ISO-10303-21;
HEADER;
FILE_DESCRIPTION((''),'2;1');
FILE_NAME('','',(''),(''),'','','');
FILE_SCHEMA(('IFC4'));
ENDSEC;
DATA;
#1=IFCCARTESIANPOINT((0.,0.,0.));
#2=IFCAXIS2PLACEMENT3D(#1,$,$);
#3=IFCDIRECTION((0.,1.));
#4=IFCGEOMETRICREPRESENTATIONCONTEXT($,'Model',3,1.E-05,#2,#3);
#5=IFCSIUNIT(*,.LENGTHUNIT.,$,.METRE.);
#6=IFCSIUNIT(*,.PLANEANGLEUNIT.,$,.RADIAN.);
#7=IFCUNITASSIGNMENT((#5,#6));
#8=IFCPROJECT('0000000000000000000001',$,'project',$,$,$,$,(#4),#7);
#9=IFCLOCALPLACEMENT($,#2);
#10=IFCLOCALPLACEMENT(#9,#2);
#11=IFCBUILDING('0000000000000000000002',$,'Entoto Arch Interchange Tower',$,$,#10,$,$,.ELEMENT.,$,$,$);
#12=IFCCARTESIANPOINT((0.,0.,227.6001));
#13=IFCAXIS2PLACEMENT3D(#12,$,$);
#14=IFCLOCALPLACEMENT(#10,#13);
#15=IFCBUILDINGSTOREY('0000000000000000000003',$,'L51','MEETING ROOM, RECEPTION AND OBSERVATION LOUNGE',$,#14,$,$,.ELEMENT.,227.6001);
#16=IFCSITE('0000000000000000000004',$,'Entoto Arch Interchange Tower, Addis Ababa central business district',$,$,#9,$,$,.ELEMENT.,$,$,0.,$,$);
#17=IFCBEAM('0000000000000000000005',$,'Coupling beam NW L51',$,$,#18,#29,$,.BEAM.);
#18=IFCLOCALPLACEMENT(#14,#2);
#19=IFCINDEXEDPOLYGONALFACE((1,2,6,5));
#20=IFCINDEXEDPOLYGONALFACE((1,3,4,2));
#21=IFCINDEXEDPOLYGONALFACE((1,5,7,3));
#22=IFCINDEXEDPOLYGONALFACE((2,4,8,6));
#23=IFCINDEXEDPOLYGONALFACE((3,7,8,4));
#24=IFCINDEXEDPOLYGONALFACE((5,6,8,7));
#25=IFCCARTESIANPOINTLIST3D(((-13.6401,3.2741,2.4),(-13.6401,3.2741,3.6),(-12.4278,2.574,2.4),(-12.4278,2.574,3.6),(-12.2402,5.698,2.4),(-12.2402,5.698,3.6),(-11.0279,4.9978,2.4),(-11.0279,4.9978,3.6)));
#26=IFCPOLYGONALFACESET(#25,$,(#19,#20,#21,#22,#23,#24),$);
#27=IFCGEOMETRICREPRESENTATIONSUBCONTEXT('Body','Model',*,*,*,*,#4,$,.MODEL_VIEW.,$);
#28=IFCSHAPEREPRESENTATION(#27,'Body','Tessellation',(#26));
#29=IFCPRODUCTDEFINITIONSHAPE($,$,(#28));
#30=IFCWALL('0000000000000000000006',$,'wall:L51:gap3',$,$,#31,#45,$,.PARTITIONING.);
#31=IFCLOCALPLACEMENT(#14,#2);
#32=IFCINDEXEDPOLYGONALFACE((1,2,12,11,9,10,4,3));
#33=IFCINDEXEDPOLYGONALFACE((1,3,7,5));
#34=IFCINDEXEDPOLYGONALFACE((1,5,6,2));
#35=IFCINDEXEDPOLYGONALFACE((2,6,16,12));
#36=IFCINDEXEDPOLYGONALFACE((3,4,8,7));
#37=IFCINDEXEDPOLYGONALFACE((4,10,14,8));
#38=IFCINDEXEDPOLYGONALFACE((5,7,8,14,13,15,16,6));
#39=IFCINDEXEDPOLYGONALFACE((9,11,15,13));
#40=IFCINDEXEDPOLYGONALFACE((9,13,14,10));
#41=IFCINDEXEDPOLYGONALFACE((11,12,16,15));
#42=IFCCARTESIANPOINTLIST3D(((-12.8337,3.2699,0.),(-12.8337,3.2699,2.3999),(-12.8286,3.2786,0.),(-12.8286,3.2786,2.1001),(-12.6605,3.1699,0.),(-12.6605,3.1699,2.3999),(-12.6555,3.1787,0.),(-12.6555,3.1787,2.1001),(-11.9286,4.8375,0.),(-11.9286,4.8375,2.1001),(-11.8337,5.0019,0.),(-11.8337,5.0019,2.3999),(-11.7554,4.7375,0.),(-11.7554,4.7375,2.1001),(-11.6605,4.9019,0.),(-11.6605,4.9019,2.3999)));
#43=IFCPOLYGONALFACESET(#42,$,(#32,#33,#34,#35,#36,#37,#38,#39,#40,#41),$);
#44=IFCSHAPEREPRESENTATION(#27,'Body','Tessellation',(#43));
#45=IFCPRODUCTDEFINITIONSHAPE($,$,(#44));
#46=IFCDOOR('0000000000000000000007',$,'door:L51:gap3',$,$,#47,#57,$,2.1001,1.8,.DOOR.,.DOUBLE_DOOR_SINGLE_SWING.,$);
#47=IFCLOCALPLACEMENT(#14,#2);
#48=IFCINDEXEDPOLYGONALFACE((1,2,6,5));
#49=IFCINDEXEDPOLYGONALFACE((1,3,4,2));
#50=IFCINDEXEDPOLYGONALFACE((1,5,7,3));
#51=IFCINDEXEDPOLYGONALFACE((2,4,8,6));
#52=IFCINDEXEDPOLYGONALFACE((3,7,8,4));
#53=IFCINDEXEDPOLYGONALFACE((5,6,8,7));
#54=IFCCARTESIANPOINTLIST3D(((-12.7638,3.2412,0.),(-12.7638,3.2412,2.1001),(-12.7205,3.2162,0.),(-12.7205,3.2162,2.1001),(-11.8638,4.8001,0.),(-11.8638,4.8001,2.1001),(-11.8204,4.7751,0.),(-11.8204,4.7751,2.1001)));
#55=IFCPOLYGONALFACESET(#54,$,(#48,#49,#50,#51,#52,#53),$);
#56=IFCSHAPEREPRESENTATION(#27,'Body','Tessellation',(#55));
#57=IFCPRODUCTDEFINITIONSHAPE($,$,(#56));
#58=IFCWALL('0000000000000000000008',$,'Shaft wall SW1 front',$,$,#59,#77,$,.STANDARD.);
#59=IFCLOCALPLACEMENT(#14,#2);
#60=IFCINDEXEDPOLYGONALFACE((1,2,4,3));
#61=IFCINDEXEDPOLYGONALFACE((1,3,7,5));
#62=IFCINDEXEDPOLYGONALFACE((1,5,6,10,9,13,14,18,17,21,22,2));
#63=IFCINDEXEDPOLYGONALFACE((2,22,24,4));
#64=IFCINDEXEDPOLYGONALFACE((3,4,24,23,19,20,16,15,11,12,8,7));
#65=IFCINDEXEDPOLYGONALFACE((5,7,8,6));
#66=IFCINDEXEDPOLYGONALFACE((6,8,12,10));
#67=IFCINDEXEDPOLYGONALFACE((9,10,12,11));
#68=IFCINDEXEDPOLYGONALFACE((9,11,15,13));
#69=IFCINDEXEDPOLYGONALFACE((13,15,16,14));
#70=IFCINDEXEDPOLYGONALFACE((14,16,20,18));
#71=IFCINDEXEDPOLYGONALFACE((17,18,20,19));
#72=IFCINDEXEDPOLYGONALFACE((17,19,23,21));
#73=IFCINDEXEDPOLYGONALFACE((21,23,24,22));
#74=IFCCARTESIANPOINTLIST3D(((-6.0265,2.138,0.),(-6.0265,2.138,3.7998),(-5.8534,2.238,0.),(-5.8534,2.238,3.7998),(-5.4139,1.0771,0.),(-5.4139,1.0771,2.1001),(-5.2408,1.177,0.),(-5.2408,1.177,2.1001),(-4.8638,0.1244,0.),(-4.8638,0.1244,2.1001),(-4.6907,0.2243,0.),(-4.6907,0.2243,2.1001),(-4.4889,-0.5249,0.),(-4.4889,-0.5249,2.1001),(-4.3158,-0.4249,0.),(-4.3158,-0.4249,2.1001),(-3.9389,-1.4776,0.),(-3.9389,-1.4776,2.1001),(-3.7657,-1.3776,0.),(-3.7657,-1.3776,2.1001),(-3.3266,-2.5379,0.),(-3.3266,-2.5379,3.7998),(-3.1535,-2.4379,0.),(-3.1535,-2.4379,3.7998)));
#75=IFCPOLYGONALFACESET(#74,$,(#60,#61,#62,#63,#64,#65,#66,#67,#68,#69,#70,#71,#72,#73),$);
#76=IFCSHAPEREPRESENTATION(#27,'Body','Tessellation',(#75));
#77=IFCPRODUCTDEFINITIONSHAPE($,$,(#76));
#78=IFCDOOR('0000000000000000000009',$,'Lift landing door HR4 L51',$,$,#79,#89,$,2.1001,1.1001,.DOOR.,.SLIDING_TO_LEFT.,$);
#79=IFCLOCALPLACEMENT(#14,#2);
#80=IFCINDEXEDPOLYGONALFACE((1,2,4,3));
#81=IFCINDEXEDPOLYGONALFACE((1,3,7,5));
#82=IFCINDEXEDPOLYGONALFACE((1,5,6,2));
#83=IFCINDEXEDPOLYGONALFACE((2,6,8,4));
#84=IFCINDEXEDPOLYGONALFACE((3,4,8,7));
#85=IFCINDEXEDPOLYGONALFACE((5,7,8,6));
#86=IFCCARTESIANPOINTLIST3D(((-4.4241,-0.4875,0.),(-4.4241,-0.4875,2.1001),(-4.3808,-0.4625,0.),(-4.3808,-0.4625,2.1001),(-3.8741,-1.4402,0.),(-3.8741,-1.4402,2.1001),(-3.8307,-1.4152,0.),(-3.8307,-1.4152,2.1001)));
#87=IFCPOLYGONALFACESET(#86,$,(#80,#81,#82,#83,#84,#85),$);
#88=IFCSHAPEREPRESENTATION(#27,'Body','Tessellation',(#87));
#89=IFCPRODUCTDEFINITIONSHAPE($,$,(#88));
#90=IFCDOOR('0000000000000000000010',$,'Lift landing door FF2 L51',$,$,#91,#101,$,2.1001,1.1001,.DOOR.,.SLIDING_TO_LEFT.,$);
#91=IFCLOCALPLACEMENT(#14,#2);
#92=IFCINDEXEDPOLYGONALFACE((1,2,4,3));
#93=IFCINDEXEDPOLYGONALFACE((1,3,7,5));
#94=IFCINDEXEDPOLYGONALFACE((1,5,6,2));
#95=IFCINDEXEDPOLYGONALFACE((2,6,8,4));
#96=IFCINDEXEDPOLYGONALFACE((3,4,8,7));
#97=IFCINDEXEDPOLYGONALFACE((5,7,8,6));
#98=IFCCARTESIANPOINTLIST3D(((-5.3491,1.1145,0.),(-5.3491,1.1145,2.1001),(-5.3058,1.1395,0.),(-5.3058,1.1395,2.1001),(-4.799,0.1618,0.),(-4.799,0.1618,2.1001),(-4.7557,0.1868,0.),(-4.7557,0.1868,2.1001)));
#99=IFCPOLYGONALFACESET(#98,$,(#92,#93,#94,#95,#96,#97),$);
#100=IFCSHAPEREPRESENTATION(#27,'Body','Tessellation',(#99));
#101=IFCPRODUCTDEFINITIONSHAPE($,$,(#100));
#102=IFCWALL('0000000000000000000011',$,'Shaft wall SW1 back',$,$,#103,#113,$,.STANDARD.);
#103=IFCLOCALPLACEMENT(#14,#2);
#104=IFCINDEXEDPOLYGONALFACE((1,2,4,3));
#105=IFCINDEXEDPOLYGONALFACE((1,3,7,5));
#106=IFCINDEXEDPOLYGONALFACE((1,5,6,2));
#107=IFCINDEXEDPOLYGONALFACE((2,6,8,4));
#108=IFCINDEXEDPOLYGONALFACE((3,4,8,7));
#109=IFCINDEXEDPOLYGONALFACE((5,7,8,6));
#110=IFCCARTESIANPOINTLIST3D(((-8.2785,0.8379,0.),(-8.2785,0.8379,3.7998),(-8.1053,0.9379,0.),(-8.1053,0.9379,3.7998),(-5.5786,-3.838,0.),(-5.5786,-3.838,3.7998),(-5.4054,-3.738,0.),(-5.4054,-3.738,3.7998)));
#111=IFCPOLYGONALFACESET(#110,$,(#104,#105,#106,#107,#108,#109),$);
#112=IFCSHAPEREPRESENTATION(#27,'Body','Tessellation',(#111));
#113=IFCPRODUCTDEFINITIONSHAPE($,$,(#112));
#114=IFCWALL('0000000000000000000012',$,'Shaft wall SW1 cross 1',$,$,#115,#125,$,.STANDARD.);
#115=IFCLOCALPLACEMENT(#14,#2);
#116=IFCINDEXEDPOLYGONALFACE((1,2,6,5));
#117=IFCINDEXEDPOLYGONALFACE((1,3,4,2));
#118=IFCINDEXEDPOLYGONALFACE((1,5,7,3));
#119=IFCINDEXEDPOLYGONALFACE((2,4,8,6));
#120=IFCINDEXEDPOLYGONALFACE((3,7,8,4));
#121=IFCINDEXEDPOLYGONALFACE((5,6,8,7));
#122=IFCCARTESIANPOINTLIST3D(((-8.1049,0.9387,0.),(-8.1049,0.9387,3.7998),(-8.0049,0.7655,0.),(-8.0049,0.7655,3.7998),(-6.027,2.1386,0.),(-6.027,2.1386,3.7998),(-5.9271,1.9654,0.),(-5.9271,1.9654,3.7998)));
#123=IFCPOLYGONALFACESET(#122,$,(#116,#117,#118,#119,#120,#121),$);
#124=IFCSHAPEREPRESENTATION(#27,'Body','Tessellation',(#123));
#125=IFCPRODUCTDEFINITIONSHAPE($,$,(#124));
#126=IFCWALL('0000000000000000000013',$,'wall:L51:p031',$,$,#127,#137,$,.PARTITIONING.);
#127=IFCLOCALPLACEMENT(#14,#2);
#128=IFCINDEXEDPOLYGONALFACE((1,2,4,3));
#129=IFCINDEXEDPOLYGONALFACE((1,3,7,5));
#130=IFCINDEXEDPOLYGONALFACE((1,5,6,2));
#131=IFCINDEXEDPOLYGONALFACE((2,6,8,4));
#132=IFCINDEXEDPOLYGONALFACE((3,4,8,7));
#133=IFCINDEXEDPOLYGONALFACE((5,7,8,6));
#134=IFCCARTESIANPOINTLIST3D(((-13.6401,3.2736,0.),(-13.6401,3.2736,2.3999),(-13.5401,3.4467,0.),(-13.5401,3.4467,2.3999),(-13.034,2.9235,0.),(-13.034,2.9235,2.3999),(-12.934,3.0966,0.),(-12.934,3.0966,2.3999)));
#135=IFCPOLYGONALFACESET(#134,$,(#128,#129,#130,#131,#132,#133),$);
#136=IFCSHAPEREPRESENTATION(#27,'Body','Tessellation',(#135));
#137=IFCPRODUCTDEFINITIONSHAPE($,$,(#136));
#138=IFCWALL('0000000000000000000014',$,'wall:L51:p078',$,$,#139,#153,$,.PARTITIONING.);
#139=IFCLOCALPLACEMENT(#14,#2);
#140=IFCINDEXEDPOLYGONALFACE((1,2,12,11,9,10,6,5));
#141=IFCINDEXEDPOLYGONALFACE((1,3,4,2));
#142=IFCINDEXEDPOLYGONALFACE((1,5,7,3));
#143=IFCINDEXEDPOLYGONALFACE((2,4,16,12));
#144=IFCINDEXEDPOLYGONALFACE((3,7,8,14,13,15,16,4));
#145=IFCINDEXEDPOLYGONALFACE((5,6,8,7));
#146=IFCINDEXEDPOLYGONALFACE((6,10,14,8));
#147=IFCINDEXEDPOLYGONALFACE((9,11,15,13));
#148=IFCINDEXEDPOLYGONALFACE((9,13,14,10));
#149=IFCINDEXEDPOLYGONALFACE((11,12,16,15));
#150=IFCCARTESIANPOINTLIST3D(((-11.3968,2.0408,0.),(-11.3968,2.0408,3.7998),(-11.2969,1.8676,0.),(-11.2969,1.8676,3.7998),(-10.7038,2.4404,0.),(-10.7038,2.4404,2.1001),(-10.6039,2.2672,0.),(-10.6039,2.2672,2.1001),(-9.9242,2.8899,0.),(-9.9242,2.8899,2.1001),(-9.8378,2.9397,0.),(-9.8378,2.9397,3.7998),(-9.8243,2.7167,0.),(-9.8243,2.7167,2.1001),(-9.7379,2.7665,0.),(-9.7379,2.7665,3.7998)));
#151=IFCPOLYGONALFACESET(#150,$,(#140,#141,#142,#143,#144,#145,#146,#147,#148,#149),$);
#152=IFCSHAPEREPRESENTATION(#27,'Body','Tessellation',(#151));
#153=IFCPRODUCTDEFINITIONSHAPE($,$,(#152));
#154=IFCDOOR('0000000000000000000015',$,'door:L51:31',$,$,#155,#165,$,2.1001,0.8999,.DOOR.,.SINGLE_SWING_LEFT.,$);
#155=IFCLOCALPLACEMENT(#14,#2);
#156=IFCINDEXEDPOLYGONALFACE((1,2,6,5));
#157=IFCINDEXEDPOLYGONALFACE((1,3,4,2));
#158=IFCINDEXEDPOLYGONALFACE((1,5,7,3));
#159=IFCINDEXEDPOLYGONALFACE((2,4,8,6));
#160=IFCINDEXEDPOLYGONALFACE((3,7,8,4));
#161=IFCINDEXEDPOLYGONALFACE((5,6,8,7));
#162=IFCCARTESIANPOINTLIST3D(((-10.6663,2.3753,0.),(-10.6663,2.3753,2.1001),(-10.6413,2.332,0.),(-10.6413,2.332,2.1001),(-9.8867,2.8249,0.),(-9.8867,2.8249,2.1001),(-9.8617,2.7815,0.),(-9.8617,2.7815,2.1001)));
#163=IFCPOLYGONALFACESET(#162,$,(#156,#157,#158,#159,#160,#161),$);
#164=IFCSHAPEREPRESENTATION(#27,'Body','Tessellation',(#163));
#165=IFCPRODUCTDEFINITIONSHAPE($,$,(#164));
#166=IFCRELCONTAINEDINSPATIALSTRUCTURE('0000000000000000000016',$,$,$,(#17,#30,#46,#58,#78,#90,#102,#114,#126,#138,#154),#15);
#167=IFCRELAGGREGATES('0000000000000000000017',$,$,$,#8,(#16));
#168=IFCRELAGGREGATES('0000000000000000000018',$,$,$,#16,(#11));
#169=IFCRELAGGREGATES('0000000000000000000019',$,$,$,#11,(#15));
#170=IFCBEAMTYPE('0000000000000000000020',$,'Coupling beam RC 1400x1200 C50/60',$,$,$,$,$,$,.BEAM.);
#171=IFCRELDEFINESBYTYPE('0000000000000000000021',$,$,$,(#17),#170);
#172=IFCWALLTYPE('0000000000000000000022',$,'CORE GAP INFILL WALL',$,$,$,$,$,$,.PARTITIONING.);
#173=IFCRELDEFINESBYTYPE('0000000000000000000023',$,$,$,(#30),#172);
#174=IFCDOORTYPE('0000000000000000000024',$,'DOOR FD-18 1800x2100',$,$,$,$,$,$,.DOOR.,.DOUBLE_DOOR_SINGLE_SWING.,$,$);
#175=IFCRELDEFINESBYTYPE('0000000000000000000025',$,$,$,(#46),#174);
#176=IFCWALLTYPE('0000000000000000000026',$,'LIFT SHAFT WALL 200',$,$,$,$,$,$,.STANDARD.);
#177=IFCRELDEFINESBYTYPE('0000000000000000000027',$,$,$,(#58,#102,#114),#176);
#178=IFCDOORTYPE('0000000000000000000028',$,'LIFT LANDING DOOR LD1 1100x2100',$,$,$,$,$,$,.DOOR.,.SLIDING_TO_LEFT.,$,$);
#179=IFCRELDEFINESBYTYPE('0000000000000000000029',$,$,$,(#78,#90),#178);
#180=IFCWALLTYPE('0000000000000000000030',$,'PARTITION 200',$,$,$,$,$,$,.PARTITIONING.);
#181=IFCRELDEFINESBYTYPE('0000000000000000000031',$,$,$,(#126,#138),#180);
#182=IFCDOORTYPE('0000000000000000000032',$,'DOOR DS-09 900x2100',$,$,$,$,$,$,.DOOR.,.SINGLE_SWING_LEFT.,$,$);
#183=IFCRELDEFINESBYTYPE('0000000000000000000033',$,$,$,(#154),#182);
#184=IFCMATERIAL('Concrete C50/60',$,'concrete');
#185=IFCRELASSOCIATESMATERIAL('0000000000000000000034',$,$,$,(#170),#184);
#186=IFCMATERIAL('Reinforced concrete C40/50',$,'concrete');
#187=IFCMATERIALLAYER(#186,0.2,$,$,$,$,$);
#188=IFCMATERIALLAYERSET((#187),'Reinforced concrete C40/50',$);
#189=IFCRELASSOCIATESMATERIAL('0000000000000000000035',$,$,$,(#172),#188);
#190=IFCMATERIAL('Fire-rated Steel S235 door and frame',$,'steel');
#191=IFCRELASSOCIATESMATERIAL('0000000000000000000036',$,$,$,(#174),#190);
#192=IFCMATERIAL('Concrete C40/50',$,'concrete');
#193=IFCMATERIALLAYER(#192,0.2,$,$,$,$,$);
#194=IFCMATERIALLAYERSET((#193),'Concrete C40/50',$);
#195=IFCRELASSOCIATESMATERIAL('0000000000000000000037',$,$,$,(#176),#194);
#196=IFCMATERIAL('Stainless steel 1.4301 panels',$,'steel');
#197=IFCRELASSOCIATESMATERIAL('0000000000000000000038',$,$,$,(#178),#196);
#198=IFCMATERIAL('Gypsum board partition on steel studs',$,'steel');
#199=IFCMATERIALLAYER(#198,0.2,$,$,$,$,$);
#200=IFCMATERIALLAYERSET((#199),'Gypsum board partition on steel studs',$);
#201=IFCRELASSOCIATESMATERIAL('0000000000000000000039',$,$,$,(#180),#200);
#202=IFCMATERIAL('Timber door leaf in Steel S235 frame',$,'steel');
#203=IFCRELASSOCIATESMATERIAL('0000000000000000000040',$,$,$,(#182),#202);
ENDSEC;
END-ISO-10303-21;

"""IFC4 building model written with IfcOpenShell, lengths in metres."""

from ifc_helpers import new_model, si_unit, direction, frame, frame_2d, origin, origin_2d, place, context, subcontext, project, spatial, rectangle, extrude, material, layer, layer_set, material_profile, profile_set, type_object, element, fill, save


model = new_model("IFC4")

# Units and contexts
model_context = context("Model", 3, precision=1e-05, world=origin(), true_north=direction((0.0, 1.0)))
body_context = subcontext(model_context, "Body", "Model", "MODEL_VIEW")
ifc_project = project(units=[si_unit("LENGTHUNIT", "METRE"), si_unit("PLANEANGLEUNIT", "RADIAN")], contexts=[model_context])

# Site, building, storey
site_placement = place(None, origin())
site = spatial("IfcSite", under=ifc_project, at=site_placement, Name="Entoto Arch Interchange Tower, Addis Ababa central business district", CompositionType="ELEMENT", RefElevation=0.0)
building_placement = place(site_placement, origin())
building = spatial("IfcBuilding", under=site, at=building_placement, Name="Entoto Arch Interchange Tower", CompositionType="ELEMENT")
storey_placement = place(building_placement, frame((0.0, 0.0, 227.6001)))
storey = spatial("IfcBuildingStorey", under=building, at=storey_placement, Name="L51", Description="MEETING ROOM, RECEPTION AND OBSERVATION LOUNGE", CompositionType="ELEMENT", Elevation=227.6001)

# Beam
ifc_material_1 = material(Name="Concrete C50/60", Category="concrete")
ifc_material_profile = material_profile(ifc_material_1, rectangle(XDim=1.3999, YDim=1.2, at=origin_2d()))
ifc_profile_set = profile_set([ifc_material_profile], Name="Concrete C50/60")
beam_type = type_object("IfcBeamType", Name="Coupling beam RC 1400x1200 C50/60", PredefinedType="BEAM", material=ifc_profile_set)
beam_placement = place(storey_placement, frame((-11.634, 5.3479, 3.0), z_axis=(-0.500135, -0.865947, 0.0), x_axis=(0.865947, -0.500135, 0.0)))
element("IfcBeam", 1, at=beam_placement, inside=storey, type_object=beam_type, Name="Coupling beam NW L51", PredefinedType="BEAM", context=body_context, shape_type="SweptSolid", body=[
    extrude(rectangle(XDim=1.3999, YDim=1.2, at=origin_2d()), origin(), (0.0, 0.0, 1.0), 2.7991),
])

# Wall, opening, door
ifc_material_2 = material(Name="Reinforced concrete C40/50", Category="concrete")
ifc_layer_1 = layer(ifc_material_2, 0.2)
ifc_layer_set_1 = layer_set([ifc_layer_1], Name="Reinforced concrete C40/50")
wall_type_1 = type_object("IfcWallType", Name="CORE GAP INFILL WALL", PredefinedType="PARTITIONING", material=ifc_layer_set_1)
wall_1_placement = place(storey_placement, frame((-11.7471, 4.9519, 0.0), z_axis=(0.0, 0.0, 1.0), x_axis=(-0.500025, -0.866011, 0.0)))
wall_1 = element("IfcWall", 2, at=wall_1_placement, inside=storey, type_object=wall_type_1, Name="wall:L51:gap3", PredefinedType="PARTITIONING", context=body_context, shape_type="SweptSolid", body=[
    extrude(rectangle(XDim=2.0, YDim=0.2, at=frame_2d((1.0, 0.0))), origin(), (0.0, 0.0, 1.0), 2.3999),
])
opening_1_placement = place(wall_1_placement, frame((0.1899, 0.0, 0.0)))
opening_1 = element("IfcOpeningElement", 3, at=opening_1_placement, cuts=wall_1, PredefinedType="OPENING", context=body_context, shape_type="SweptSolid", body=[
    extrude(rectangle(XDim=1.8, YDim=2.1001, at=frame_2d((0.8999, 1.05))), frame((0.0, 0.1099, 0.0), z_axis=(0.0, -1.0, 0.0), x_axis=(1.0, 0.0, 0.0)), (0.0, 0.0, 1.0), 0.22),
])
ifc_material_3 = material(Name="Fire-rated Steel S235 door and frame", Category="steel")
door_type_1 = type_object("IfcDoorType", Name="DOOR FD-18 1800x2100", OperationType="DOUBLE_DOOR_SINGLE_SWING", PredefinedType="DOOR", material=ifc_material_3)
door_1_placement = place(opening_1_placement, origin())
door_1 = element("IfcDoor", 4, at=door_1_placement, inside=storey, type_object=door_type_1, Name="door:L51:gap3", OperationType="DOUBLE_DOOR_SINGLE_SWING", OverallHeight=2.1001, OverallWidth=1.8, PredefinedType="DOOR", context=body_context, shape_type="SweptSolid", body=[
    extrude(rectangle(XDim=1.8, YDim=2.1001, at=frame_2d((0.8999, 1.05))), frame((0.0, 0.0249, 0.0), z_axis=(0.0, -1.0, 0.0), x_axis=(1.0, 0.0, 0.0)), (0.0, 0.0, 1.0), 0.05),
])
fill(opening_1, door_1)

# Wall, openings, doors
ifc_material_4 = material(Name="Concrete C40/50", Category="concrete")
ifc_layer_2 = layer(ifc_material_4, 0.2)
ifc_layer_set_2 = layer_set([ifc_layer_2], Name="Concrete C40/50")
wall_type_2 = type_object("IfcWallType", Name="LIFT SHAFT WALL 200", PredefinedType="STANDARD", material=ifc_layer_set_2)
wall_2_placement = place(storey_placement, frame((-5.9399, 2.188, 0.0), z_axis=(0.0, 0.0, 1.0), x_axis=(0.500034, -0.866006, 0.0)))
wall_2 = element("IfcWall", 5, at=wall_2_placement, inside=storey, type_object=wall_type_2, Name="Shaft wall SW1 front", PredefinedType="STANDARD", context=body_context, shape_type="SweptSolid", body=[
    extrude(rectangle(XDim=5.3994, YDim=0.2, at=frame_2d((2.6997, 0.0))), origin(), (0.0, 0.0, 1.0), 3.7998),
])
opening_2_placement = place(wall_2_placement, frame((3.075, 0.0, 0.0)))
opening_2 = element("IfcOpeningElement", 6, at=opening_2_placement, cuts=wall_2, PredefinedType="OPENING", context=body_context, shape_type="SweptSolid", body=[
    extrude(rectangle(XDim=1.1001, YDim=2.1001, at=frame_2d((0.55, 1.05))), frame((0.0, 0.1099, 0.0), z_axis=(0.0, -1.0, 0.0), x_axis=(1.0, 0.0, 0.0)), (0.0, 0.0, 1.0), 0.22),
])
opening_3_placement = place(wall_2_placement, frame((1.2251, 0.0, 0.0)))
opening_3 = element("IfcOpeningElement", 7, at=opening_3_placement, cuts=wall_2, PredefinedType="OPENING", context=body_context, shape_type="SweptSolid", body=[
    extrude(rectangle(XDim=1.1001, YDim=2.1001, at=frame_2d((0.55, 1.05))), frame((0.0, 0.1099, 0.0), z_axis=(0.0, -1.0, 0.0), x_axis=(1.0, 0.0, 0.0)), (0.0, 0.0, 1.0), 0.22),
])
ifc_material_5 = material(Name="Stainless steel 1.4301 panels", Category="steel")
door_type_2 = type_object("IfcDoorType", Name="LIFT LANDING DOOR LD1 1100x2100", OperationType="SLIDING_TO_LEFT", PredefinedType="DOOR", material=ifc_material_5)
door_2_placement = place(opening_2_placement, origin())
door_2 = element("IfcDoor", 8, at=door_2_placement, inside=storey, type_object=door_type_2, Name="Lift landing door HR4 L51", OperationType="SLIDING_TO_LEFT", OverallHeight=2.1001, OverallWidth=1.1001, PredefinedType="DOOR", context=body_context, shape_type="SweptSolid", body=[
    extrude(rectangle(XDim=1.1001, YDim=2.1001, at=frame_2d((0.55, 1.05))), frame((0.0, 0.0249, 0.0), z_axis=(0.0, -1.0, 0.0), x_axis=(1.0, 0.0, 0.0)), (0.0, 0.0, 1.0), 0.05),
])
fill(opening_2, door_2)
door_3_placement = place(opening_3_placement, origin())
door_3 = element("IfcDoor", 9, at=door_3_placement, inside=storey, type_object=door_type_2, Name="Lift landing door FF2 L51", OperationType="SLIDING_TO_LEFT", OverallHeight=2.1001, OverallWidth=1.1001, PredefinedType="DOOR", context=body_context, shape_type="SweptSolid", body=[
    extrude(rectangle(XDim=1.1001, YDim=2.1001, at=frame_2d((0.55, 1.05))), frame((0.0, 0.0249, 0.0), z_axis=(0.0, -1.0, 0.0), x_axis=(1.0, 0.0, 0.0)), (0.0, 0.0, 1.0), 0.05),
])
fill(opening_3, door_3)

# Walls
wall_3_placement = place(storey_placement, frame((-8.1919, 0.8879, 0.0), z_axis=(0.0, 0.0, 1.0), x_axis=(0.500034, -0.866006, 0.0)))
element("IfcWall", 10, at=wall_3_placement, inside=storey, type_object=wall_type_2, Name="Shaft wall SW1 back", PredefinedType="STANDARD", context=body_context, shape_type="SweptSolid", body=[
    extrude(rectangle(XDim=5.3994, YDim=0.2, at=frame_2d((2.6997, 0.0))), origin(), (0.0, 0.0, 1.0), 3.7998),
])
wall_4_placement = place(storey_placement, frame((-5.9771, 2.052, 0.0), z_axis=(0.0, 0.0, 1.0), x_axis=(-0.865974, -0.500089, 0.0)))
element("IfcWall", 11, at=wall_4_placement, inside=storey, type_object=wall_type_2, Name="Shaft wall SW1 cross 1", PredefinedType="STANDARD", context=body_context, shape_type="SweptSolid", body=[
    extrude(rectangle(XDim=2.3994, YDim=0.2, at=frame_2d((1.1997, 0.0))), origin(), (0.0, 0.0, 1.0), 3.7998),
])
ifc_material_6 = material(Name="Gypsum board partition on steel studs", Category="steel")
ifc_layer_3 = layer(ifc_material_6, 0.2)
ifc_layer_set_3 = layer_set([ifc_layer_3], Name="Gypsum board partition on steel studs")
wall_type_3 = type_object("IfcWallType", Name="PARTITION 200", PredefinedType="PARTITIONING", material=ifc_layer_set_3)
wall_5_placement = place(storey_placement, frame((-12.9839, 3.01, 0.0), z_axis=(0.0, 0.0, 1.0), x_axis=(-0.865959, 0.500115, 0.0)))
element("IfcWall", 12, at=wall_5_placement, inside=storey, type_object=wall_type_3, Name="wall:L51:p031", PredefinedType="PARTITIONING", context=body_context, shape_type="SweptSolid", body=[
    extrude(rectangle(XDim=0.7, YDim=0.2, at=frame_2d((0.3501, 0.0))), origin(), (0.0, 0.0, 1.0), 2.3999),
])

# Wall, opening, door
wall_6_placement = place(storey_placement, frame((-11.3469, 1.9541, 0.0), z_axis=(0.0, 0.0, 1.0), x_axis=(0.866283, 0.499554, 0.0)))
wall_6 = element("IfcWall", 13, at=wall_6_placement, inside=storey, type_object=wall_type_3, Name="wall:L51:p078", PredefinedType="PARTITIONING", context=body_context, shape_type="SweptSolid", body=[
    extrude(rectangle(XDim=1.7996, YDim=0.2, at=frame_2d((0.8999, 0.0))), origin(), (0.0, 0.0, 1.0), 3.7998),
])
opening_4_placement = place(wall_6_placement, frame((0.8, 0.0, 0.0)))
opening_4 = element("IfcOpeningElement", 14, at=opening_4_placement, cuts=wall_6, PredefinedType="OPENING", context=body_context, shape_type="SweptSolid", body=[
    extrude(rectangle(XDim=0.8999, YDim=2.1001, at=frame_2d((0.45, 1.05))), frame((0.0, 0.1099, 0.0), z_axis=(0.0, -1.0, 0.0), x_axis=(1.0, 0.0, 0.0)), (0.0, 0.0, 1.0), 0.22),
])
ifc_material_7 = material(Name="Timber door leaf in Steel S235 frame", Category="steel")
door_type_3 = type_object("IfcDoorType", Name="DOOR DS-09 900x2100", OperationType="SINGLE_SWING_LEFT", PredefinedType="DOOR", material=ifc_material_7)
door_4_placement = place(opening_4_placement, origin())
door_4 = element("IfcDoor", 15, at=door_4_placement, inside=storey, type_object=door_type_3, Name="door:L51:31", OperationType="SINGLE_SWING_LEFT", OverallHeight=2.1001, OverallWidth=0.8999, PredefinedType="DOOR", context=body_context, shape_type="SweptSolid", body=[
    extrude(rectangle(XDim=0.8999, YDim=2.1001, at=frame_2d((0.45, 1.05))), frame((0.0, 0.0249, 0.0), z_axis=(0.0, -1.0, 0.0), x_axis=(1.0, 0.0, 0.0)), (0.0, 0.0, 1.0), 0.05),
])
fill(opening_4, door_4)

save(model, "model.ifc")
